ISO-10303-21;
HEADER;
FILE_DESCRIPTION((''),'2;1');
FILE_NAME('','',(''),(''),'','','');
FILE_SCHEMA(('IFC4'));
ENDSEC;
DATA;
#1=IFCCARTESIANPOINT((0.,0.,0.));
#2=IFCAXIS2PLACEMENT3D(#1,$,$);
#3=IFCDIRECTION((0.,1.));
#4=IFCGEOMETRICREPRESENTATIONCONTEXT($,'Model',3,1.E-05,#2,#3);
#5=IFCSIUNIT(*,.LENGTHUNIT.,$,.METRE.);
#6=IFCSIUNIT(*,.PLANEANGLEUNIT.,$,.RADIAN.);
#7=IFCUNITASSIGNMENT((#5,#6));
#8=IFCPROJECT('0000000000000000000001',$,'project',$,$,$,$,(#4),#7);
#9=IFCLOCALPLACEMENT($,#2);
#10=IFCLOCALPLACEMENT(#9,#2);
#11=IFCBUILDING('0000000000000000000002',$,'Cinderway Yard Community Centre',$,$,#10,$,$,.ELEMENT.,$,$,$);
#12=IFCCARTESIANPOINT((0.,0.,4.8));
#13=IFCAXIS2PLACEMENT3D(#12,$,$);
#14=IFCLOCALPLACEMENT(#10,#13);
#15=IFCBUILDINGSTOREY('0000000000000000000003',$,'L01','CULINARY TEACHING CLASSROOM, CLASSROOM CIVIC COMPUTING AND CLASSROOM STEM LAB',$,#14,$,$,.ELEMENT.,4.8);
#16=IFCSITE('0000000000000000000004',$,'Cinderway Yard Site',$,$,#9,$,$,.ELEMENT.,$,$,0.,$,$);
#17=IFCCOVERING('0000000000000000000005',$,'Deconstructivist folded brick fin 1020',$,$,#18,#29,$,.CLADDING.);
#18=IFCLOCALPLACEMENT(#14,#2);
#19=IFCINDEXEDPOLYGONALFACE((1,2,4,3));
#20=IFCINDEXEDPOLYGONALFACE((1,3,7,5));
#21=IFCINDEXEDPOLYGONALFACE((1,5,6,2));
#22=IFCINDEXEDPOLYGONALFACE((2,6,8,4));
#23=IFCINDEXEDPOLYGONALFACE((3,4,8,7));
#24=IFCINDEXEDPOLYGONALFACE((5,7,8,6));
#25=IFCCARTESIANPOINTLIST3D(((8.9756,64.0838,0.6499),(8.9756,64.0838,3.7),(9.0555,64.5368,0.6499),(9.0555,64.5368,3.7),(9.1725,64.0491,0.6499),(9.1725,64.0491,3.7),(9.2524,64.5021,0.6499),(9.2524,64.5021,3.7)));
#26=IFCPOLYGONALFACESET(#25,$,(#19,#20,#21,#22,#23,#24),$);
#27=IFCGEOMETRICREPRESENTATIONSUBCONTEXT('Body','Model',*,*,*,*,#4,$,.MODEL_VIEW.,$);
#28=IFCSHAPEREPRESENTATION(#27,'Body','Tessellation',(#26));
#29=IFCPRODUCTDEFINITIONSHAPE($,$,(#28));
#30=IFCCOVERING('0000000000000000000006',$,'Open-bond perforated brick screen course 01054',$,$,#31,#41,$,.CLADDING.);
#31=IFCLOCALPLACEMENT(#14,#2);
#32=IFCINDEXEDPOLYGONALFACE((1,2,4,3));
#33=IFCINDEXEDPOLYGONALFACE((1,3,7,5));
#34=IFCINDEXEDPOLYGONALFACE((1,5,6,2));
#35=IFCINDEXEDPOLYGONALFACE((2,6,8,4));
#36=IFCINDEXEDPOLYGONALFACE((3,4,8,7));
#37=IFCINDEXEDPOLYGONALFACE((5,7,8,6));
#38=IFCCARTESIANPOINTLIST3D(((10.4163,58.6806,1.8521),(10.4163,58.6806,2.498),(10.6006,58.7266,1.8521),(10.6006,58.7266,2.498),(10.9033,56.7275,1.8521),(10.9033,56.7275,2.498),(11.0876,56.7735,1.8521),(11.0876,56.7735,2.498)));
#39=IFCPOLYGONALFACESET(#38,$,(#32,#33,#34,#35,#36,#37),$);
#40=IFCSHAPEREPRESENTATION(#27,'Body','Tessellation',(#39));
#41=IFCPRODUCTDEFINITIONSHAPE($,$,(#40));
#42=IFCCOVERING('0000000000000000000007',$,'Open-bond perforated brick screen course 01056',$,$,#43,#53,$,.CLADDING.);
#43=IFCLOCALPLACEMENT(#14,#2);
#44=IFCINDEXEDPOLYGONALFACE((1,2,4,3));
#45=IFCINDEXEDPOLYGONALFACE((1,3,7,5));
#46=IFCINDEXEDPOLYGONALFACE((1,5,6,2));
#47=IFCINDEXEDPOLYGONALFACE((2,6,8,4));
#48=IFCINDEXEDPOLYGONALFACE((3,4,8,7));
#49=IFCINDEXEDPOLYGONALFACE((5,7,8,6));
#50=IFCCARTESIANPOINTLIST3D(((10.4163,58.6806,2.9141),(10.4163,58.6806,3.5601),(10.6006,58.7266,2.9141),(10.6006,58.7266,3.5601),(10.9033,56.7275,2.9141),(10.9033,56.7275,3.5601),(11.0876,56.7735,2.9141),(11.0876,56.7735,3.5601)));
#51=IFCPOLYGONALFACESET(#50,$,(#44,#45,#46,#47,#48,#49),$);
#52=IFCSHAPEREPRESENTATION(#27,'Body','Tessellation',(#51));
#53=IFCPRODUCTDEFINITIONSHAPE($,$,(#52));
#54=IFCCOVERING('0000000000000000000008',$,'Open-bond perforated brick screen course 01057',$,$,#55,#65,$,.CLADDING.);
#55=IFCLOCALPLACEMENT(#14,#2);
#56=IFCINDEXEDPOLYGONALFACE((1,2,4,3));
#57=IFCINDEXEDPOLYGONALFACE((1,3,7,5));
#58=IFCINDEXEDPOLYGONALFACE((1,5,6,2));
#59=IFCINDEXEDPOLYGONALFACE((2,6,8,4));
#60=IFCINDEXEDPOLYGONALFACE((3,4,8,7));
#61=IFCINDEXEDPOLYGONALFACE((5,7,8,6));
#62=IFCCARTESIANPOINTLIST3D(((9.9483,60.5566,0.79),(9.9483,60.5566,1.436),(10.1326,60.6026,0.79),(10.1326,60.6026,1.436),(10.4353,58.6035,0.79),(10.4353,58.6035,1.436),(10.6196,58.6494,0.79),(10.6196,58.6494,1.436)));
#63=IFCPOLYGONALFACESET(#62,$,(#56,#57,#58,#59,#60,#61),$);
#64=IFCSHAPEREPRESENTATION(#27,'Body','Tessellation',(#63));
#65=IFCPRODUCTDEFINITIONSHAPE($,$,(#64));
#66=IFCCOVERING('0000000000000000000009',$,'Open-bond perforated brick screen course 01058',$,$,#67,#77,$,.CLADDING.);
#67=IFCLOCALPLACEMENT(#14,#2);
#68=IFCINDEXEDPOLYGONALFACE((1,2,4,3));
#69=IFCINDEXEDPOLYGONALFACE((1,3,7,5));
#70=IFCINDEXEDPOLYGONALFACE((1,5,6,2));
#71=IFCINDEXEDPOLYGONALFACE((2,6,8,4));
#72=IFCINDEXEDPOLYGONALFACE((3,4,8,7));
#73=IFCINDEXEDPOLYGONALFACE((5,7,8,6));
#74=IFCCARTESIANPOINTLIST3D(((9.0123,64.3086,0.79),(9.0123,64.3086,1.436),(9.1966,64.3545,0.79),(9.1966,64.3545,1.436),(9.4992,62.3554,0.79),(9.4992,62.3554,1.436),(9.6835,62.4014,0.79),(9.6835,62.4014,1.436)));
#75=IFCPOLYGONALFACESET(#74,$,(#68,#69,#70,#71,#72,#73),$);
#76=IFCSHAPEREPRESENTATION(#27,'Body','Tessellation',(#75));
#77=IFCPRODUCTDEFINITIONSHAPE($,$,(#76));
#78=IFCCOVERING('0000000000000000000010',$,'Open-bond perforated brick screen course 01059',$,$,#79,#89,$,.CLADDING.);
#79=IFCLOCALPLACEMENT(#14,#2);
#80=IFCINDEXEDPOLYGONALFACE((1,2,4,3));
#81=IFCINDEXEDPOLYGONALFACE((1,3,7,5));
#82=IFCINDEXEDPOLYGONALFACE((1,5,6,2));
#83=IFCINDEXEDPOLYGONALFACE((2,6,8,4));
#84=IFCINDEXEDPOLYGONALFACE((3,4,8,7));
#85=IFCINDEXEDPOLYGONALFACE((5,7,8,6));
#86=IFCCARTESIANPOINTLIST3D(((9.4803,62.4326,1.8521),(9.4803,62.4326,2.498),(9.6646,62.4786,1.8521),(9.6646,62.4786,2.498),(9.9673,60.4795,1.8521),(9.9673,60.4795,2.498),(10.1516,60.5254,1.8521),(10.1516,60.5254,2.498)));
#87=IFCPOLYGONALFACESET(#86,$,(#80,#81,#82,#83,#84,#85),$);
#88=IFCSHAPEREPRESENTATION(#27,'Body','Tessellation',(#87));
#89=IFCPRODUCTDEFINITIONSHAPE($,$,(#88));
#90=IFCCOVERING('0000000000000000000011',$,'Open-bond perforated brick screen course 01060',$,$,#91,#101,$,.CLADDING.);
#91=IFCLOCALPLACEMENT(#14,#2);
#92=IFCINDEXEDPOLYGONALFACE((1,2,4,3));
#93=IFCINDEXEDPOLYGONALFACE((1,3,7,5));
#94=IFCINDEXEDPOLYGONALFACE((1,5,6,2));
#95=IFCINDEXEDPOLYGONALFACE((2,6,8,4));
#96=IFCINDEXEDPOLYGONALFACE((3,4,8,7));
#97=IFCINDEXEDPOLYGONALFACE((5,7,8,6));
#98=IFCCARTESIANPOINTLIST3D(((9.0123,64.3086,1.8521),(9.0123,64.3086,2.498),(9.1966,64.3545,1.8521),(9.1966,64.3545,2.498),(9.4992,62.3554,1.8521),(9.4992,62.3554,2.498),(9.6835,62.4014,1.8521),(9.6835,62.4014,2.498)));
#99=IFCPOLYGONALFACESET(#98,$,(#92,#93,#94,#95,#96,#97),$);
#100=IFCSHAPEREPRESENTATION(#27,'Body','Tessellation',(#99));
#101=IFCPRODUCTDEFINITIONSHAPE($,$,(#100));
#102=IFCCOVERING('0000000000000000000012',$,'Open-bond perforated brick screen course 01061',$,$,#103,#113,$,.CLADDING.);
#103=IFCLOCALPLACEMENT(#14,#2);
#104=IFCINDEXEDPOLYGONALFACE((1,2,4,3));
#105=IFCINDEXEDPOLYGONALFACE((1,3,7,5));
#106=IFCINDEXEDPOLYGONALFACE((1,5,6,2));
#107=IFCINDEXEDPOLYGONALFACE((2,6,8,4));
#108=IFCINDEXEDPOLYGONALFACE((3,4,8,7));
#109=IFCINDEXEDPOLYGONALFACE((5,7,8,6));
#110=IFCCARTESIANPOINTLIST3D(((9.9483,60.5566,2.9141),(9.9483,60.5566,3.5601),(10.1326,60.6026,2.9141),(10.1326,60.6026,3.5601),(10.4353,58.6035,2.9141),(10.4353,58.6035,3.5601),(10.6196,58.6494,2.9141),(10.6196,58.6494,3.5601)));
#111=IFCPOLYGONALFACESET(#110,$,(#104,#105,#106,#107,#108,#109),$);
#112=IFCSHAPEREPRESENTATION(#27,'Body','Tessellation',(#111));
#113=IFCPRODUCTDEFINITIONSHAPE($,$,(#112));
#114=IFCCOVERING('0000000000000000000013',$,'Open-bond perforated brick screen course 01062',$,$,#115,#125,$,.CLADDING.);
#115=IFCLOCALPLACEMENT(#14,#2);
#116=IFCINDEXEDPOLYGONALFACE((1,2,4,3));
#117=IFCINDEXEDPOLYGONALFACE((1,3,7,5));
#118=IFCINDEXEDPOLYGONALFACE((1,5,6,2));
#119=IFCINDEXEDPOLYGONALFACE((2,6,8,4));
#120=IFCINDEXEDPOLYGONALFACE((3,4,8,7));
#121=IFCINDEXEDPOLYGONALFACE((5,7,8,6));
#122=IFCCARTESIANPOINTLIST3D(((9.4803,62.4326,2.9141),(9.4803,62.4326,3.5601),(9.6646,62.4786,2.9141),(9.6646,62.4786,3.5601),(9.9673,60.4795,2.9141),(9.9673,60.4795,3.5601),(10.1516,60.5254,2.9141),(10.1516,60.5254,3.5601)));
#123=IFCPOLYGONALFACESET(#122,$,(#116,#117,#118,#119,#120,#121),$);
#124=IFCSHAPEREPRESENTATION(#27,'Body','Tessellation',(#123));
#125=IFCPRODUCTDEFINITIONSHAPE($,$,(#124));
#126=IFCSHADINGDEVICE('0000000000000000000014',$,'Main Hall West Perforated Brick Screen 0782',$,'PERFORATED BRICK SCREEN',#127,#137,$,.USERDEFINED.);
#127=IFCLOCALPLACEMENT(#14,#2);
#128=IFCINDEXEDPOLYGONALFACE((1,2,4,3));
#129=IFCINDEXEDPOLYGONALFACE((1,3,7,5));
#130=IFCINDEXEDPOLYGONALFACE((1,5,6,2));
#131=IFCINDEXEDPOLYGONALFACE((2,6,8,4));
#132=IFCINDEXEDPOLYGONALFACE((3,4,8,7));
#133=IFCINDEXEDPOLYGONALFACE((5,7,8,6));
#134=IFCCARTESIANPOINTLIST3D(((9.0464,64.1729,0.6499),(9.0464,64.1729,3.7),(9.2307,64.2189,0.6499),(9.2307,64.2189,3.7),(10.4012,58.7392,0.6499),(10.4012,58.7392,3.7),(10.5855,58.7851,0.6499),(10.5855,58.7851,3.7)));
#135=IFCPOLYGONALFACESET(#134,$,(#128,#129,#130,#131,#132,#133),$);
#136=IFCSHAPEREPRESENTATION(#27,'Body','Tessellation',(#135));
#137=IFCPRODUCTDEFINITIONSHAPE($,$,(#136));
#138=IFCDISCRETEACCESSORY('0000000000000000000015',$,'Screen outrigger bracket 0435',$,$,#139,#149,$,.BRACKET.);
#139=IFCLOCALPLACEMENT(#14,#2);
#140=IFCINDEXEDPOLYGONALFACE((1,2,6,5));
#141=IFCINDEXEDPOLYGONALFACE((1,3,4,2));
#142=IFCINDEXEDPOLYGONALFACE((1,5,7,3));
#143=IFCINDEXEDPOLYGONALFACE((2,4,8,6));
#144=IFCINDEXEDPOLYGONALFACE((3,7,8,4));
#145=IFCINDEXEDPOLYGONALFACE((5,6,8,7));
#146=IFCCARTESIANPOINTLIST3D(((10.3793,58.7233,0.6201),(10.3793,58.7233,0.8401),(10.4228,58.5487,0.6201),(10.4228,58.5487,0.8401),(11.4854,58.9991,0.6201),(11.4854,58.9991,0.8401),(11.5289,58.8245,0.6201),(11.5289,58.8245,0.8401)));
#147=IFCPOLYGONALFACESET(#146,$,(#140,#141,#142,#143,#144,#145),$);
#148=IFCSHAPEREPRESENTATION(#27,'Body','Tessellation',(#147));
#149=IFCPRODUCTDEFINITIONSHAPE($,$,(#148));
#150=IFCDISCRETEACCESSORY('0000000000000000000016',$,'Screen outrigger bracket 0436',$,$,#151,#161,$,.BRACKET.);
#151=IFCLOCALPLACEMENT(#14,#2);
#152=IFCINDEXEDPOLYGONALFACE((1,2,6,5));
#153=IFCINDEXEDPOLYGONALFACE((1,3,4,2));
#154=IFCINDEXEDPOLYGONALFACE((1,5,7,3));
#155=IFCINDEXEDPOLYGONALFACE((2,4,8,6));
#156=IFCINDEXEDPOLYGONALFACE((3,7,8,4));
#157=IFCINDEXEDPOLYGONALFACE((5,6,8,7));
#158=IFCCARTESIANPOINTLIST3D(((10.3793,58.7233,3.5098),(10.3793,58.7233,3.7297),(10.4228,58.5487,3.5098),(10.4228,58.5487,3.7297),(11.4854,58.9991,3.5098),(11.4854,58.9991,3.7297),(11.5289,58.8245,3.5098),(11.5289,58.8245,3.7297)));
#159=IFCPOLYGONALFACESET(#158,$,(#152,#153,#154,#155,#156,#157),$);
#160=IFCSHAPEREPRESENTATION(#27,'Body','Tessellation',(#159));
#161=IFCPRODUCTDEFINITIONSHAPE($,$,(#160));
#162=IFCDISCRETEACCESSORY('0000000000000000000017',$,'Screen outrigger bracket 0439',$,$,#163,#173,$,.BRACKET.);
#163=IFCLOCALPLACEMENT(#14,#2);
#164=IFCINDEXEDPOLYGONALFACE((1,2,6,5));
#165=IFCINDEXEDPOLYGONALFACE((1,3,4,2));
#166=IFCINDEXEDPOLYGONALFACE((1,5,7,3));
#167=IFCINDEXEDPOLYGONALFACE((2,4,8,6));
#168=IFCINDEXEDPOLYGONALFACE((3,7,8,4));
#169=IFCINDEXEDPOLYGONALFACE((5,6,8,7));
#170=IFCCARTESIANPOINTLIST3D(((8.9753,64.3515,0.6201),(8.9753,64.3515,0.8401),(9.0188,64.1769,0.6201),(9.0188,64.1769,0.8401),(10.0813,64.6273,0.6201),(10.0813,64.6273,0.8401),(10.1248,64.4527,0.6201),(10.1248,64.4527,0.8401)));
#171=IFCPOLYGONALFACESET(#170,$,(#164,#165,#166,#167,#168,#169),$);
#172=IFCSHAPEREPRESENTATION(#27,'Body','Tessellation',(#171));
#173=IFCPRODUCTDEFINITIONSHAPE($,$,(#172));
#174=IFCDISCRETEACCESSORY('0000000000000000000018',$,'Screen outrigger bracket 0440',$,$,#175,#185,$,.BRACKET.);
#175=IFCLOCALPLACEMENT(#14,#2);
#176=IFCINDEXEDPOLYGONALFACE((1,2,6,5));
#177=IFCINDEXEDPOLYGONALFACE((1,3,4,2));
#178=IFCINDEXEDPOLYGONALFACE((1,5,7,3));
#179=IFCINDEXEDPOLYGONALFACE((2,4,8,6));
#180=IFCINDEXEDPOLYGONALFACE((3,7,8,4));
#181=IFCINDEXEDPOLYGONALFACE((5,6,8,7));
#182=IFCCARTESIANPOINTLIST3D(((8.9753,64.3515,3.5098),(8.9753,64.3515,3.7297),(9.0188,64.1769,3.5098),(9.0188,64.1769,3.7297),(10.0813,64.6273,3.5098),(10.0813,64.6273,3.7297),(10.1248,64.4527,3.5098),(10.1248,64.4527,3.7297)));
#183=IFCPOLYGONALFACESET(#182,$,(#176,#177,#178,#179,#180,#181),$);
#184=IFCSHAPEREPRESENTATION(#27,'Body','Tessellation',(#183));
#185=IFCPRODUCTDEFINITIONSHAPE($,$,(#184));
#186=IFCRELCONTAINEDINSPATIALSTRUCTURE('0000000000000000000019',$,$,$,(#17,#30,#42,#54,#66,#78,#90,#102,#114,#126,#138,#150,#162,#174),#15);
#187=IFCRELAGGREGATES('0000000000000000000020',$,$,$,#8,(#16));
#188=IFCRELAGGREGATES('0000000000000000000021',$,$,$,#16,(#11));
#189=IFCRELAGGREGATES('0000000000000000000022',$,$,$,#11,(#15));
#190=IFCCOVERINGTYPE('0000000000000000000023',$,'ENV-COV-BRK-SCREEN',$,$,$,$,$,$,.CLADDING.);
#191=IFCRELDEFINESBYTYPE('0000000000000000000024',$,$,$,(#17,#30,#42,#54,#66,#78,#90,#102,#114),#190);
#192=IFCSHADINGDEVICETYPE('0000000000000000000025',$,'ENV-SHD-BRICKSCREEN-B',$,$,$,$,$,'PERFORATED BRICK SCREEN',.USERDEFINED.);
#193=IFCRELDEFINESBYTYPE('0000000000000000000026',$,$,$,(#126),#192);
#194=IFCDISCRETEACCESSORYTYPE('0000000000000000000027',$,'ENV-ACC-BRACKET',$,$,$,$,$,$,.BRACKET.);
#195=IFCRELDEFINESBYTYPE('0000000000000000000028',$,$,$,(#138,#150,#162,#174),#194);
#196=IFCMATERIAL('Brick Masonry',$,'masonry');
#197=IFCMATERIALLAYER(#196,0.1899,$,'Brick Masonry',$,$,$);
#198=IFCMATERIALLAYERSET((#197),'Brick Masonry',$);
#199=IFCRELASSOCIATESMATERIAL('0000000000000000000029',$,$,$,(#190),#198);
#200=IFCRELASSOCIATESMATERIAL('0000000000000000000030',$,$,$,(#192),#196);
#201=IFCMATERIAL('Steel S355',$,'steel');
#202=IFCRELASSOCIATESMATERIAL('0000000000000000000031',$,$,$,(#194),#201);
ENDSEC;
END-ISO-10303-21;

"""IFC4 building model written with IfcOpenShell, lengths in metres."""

from ifc_helpers import new_model, si_unit, direction, frame, origin, origin_2d, place, context, subcontext, project, spatial, rectangle, extrude, material, layer, layer_set, type_object, element, save


model = new_model("IFC4")

# Units and contexts
model_context = context("Model", 3, precision=1e-05, world=origin(), true_north=direction((0.0, 1.0)))
body_context = subcontext(model_context, "Body", "Model", "MODEL_VIEW")
ifc_project = project(units=[si_unit("LENGTHUNIT", "METRE"), si_unit("PLANEANGLEUNIT", "RADIAN")], contexts=[model_context])

# Site, building, storey
site_placement = place(None, origin())
site = spatial("IfcSite", under=ifc_project, at=site_placement, Name="Cinderway Yard Site", CompositionType="ELEMENT", RefElevation=0.0)
building_placement = place(site_placement, origin())
building = spatial("IfcBuilding", under=site, at=building_placement, Name="Cinderway Yard Community Centre", CompositionType="ELEMENT")
storey_placement = place(building_placement, frame((0.0, 0.0, 4.8)))
storey = spatial("IfcBuildingStorey", under=building, at=storey_placement, Name="L01", Description="CULINARY TEACHING CLASSROOM, CLASSROOM CIVIC COMPUTING AND CLASSROOM STEM LAB", CompositionType="ELEMENT", Elevation=4.8)

# Shared definitions
ifc_material_1 = material(Name="Steel S355", Category="steel")

# Shared definitions
ifc_material_2 = material(Name="Brick Masonry", Category="masonry")

# Coverings
ifc_layer_1 = layer(ifc_material_2, 0.1899, Name="Brick Masonry")
ifc_layer_set_1 = layer_set([ifc_layer_1], Name="Brick Masonry")
covering_type = type_object("IfcCoveringType", Name="ENV-COV-BRK-SCREEN", PredefinedType="CLADDING", material=ifc_layer_set_1)
for number, where, z_axis, x_axis, name in (
    (1, (9.114, 64.293, 0.6499), (0.0, 0.0, 1.0), (0.173648, 0.984808, 0.0), "Deconstructivist folded brick fin 1020"),
):
    element("IfcCovering", number, at=place(storey_placement, frame(where, z_axis=z_axis, x_axis=x_axis)), inside=storey, type_object=covering_type, Name=name, PredefinedType="CLADDING", context=body_context, shape_type="SweptSolid", body=[
        extrude(rectangle(XDim=0.46, YDim=0.2, at=origin_2d()), origin(), (0.0, 0.0, 1.0), 3.05),
    ])
for number, where, z_axis, x_axis, name in (
    (2, (10.752, 57.7271, 1.8521), (0.0, 0.0, 1.0), (-0.241922, 0.970296, 0.0), "Open-bond perforated brick screen course 01054"),
    (3, (10.752, 57.7271, 2.9141), (0.0, 0.0, 1.0), (-0.241922, 0.970296, 0.0), "Open-bond perforated brick screen course 01056"),
    (4, (10.2839, 59.603, 0.79), (0.0, 0.0, 1.0), (-0.241922, 0.970296, 0.0), "Open-bond perforated brick screen course 01057"),
    (5, (9.3479, 63.355, 0.79), (0.0, 0.0, 1.0), (-0.241922, 0.970296, 0.0), "Open-bond perforated brick screen course 01058"),
    (6, (9.8159, 61.479, 1.8521), (0.0, 0.0, 1.0), (-0.241922, 0.970296, 0.0), "Open-bond perforated brick screen course 01059"),
    (7, (9.3479, 63.355, 1.8521), (0.0, 0.0, 1.0), (-0.241922, 0.970296, 0.0), "Open-bond perforated brick screen course 01060"),
    (8, (10.2839, 59.603, 2.9141), (0.0, 0.0, 1.0), (-0.241922, 0.970296, 0.0), "Open-bond perforated brick screen course 01061"),
    (9, (9.8159, 61.479, 2.9141), (0.0, 0.0, 1.0), (-0.241922, 0.970296, 0.0), "Open-bond perforated brick screen course 01062"),
):
    element("IfcCovering", number, at=place(storey_placement, frame(where, z_axis=z_axis, x_axis=x_axis)), inside=storey, type_object=covering_type, Name=name, PredefinedType="CLADDING", context=body_context, shape_type="SweptSolid", body=[
        extrude(rectangle(XDim=2.0129, YDim=0.1899, at=origin_2d()), origin(), (0.0, 0.0, 1.0), 0.646),
    ])

# Shading device
shading_device_type = type_object("IfcShadingDeviceType", Name="ENV-SHD-BRICKSCREEN-B", ElementType="PERFORATED BRICK SCREEN", PredefinedType="USERDEFINED", material=ifc_material_2)
shading_device_placement = place(storey_placement, frame((9.8159, 61.479, 0.6499), z_axis=(0.0, 0.0, 1.0), x_axis=(-0.241922, 0.970296, 0.0)))
element("IfcShadingDevice", 10, at=shading_device_placement, inside=storey, type_object=shading_device_type, Name="Main Hall West Perforated Brick Screen 0782", ObjectType="PERFORATED BRICK SCREEN", PredefinedType="USERDEFINED", context=body_context, shape_type="SweptSolid", body=[
    extrude(rectangle(XDim=5.6001, YDim=0.1899, at=origin_2d()), origin(), (0.0, 0.0, 1.0), 3.05),
])

# Discrete accessories
discrete_accessory_type = type_object("IfcDiscreteAccessoryType", Name="ENV-ACC-BRACKET", PredefinedType="BRACKET", material=ifc_material_1)
for number, where, z_axis, x_axis, name in (
    (11, (10.9541, 58.7739, 0.6201), (0.0, 0.0, 1.0), (-0.970296, -0.241922, 0.0), "Screen outrigger bracket 0435"),
    (12, (10.9541, 58.7739, 3.5098), (0.0, 0.0, 1.0), (-0.970296, -0.241922, 0.0), "Screen outrigger bracket 0436"),
    (13, (9.55, 64.4021, 0.6201), (0.0, 0.0, 1.0), (-0.970296, -0.241922, 0.0), "Screen outrigger bracket 0439"),
    (14, (9.55, 64.4021, 3.5098), (0.0, 0.0, 1.0), (-0.970296, -0.241922, 0.0), "Screen outrigger bracket 0440"),
):
    element("IfcDiscreteAccessory", number, at=place(storey_placement, frame(where, z_axis=z_axis, x_axis=x_axis)), inside=storey, type_object=discrete_accessory_type, Name=name, PredefinedType="BRACKET", context=body_context, shape_type="SweptSolid", body=[
        extrude(rectangle(XDim=1.1399, YDim=0.1799, at=origin_2d()), origin(), (0.0, 0.0, 1.0), 0.22),
    ])

save(model, "model.ifc")
